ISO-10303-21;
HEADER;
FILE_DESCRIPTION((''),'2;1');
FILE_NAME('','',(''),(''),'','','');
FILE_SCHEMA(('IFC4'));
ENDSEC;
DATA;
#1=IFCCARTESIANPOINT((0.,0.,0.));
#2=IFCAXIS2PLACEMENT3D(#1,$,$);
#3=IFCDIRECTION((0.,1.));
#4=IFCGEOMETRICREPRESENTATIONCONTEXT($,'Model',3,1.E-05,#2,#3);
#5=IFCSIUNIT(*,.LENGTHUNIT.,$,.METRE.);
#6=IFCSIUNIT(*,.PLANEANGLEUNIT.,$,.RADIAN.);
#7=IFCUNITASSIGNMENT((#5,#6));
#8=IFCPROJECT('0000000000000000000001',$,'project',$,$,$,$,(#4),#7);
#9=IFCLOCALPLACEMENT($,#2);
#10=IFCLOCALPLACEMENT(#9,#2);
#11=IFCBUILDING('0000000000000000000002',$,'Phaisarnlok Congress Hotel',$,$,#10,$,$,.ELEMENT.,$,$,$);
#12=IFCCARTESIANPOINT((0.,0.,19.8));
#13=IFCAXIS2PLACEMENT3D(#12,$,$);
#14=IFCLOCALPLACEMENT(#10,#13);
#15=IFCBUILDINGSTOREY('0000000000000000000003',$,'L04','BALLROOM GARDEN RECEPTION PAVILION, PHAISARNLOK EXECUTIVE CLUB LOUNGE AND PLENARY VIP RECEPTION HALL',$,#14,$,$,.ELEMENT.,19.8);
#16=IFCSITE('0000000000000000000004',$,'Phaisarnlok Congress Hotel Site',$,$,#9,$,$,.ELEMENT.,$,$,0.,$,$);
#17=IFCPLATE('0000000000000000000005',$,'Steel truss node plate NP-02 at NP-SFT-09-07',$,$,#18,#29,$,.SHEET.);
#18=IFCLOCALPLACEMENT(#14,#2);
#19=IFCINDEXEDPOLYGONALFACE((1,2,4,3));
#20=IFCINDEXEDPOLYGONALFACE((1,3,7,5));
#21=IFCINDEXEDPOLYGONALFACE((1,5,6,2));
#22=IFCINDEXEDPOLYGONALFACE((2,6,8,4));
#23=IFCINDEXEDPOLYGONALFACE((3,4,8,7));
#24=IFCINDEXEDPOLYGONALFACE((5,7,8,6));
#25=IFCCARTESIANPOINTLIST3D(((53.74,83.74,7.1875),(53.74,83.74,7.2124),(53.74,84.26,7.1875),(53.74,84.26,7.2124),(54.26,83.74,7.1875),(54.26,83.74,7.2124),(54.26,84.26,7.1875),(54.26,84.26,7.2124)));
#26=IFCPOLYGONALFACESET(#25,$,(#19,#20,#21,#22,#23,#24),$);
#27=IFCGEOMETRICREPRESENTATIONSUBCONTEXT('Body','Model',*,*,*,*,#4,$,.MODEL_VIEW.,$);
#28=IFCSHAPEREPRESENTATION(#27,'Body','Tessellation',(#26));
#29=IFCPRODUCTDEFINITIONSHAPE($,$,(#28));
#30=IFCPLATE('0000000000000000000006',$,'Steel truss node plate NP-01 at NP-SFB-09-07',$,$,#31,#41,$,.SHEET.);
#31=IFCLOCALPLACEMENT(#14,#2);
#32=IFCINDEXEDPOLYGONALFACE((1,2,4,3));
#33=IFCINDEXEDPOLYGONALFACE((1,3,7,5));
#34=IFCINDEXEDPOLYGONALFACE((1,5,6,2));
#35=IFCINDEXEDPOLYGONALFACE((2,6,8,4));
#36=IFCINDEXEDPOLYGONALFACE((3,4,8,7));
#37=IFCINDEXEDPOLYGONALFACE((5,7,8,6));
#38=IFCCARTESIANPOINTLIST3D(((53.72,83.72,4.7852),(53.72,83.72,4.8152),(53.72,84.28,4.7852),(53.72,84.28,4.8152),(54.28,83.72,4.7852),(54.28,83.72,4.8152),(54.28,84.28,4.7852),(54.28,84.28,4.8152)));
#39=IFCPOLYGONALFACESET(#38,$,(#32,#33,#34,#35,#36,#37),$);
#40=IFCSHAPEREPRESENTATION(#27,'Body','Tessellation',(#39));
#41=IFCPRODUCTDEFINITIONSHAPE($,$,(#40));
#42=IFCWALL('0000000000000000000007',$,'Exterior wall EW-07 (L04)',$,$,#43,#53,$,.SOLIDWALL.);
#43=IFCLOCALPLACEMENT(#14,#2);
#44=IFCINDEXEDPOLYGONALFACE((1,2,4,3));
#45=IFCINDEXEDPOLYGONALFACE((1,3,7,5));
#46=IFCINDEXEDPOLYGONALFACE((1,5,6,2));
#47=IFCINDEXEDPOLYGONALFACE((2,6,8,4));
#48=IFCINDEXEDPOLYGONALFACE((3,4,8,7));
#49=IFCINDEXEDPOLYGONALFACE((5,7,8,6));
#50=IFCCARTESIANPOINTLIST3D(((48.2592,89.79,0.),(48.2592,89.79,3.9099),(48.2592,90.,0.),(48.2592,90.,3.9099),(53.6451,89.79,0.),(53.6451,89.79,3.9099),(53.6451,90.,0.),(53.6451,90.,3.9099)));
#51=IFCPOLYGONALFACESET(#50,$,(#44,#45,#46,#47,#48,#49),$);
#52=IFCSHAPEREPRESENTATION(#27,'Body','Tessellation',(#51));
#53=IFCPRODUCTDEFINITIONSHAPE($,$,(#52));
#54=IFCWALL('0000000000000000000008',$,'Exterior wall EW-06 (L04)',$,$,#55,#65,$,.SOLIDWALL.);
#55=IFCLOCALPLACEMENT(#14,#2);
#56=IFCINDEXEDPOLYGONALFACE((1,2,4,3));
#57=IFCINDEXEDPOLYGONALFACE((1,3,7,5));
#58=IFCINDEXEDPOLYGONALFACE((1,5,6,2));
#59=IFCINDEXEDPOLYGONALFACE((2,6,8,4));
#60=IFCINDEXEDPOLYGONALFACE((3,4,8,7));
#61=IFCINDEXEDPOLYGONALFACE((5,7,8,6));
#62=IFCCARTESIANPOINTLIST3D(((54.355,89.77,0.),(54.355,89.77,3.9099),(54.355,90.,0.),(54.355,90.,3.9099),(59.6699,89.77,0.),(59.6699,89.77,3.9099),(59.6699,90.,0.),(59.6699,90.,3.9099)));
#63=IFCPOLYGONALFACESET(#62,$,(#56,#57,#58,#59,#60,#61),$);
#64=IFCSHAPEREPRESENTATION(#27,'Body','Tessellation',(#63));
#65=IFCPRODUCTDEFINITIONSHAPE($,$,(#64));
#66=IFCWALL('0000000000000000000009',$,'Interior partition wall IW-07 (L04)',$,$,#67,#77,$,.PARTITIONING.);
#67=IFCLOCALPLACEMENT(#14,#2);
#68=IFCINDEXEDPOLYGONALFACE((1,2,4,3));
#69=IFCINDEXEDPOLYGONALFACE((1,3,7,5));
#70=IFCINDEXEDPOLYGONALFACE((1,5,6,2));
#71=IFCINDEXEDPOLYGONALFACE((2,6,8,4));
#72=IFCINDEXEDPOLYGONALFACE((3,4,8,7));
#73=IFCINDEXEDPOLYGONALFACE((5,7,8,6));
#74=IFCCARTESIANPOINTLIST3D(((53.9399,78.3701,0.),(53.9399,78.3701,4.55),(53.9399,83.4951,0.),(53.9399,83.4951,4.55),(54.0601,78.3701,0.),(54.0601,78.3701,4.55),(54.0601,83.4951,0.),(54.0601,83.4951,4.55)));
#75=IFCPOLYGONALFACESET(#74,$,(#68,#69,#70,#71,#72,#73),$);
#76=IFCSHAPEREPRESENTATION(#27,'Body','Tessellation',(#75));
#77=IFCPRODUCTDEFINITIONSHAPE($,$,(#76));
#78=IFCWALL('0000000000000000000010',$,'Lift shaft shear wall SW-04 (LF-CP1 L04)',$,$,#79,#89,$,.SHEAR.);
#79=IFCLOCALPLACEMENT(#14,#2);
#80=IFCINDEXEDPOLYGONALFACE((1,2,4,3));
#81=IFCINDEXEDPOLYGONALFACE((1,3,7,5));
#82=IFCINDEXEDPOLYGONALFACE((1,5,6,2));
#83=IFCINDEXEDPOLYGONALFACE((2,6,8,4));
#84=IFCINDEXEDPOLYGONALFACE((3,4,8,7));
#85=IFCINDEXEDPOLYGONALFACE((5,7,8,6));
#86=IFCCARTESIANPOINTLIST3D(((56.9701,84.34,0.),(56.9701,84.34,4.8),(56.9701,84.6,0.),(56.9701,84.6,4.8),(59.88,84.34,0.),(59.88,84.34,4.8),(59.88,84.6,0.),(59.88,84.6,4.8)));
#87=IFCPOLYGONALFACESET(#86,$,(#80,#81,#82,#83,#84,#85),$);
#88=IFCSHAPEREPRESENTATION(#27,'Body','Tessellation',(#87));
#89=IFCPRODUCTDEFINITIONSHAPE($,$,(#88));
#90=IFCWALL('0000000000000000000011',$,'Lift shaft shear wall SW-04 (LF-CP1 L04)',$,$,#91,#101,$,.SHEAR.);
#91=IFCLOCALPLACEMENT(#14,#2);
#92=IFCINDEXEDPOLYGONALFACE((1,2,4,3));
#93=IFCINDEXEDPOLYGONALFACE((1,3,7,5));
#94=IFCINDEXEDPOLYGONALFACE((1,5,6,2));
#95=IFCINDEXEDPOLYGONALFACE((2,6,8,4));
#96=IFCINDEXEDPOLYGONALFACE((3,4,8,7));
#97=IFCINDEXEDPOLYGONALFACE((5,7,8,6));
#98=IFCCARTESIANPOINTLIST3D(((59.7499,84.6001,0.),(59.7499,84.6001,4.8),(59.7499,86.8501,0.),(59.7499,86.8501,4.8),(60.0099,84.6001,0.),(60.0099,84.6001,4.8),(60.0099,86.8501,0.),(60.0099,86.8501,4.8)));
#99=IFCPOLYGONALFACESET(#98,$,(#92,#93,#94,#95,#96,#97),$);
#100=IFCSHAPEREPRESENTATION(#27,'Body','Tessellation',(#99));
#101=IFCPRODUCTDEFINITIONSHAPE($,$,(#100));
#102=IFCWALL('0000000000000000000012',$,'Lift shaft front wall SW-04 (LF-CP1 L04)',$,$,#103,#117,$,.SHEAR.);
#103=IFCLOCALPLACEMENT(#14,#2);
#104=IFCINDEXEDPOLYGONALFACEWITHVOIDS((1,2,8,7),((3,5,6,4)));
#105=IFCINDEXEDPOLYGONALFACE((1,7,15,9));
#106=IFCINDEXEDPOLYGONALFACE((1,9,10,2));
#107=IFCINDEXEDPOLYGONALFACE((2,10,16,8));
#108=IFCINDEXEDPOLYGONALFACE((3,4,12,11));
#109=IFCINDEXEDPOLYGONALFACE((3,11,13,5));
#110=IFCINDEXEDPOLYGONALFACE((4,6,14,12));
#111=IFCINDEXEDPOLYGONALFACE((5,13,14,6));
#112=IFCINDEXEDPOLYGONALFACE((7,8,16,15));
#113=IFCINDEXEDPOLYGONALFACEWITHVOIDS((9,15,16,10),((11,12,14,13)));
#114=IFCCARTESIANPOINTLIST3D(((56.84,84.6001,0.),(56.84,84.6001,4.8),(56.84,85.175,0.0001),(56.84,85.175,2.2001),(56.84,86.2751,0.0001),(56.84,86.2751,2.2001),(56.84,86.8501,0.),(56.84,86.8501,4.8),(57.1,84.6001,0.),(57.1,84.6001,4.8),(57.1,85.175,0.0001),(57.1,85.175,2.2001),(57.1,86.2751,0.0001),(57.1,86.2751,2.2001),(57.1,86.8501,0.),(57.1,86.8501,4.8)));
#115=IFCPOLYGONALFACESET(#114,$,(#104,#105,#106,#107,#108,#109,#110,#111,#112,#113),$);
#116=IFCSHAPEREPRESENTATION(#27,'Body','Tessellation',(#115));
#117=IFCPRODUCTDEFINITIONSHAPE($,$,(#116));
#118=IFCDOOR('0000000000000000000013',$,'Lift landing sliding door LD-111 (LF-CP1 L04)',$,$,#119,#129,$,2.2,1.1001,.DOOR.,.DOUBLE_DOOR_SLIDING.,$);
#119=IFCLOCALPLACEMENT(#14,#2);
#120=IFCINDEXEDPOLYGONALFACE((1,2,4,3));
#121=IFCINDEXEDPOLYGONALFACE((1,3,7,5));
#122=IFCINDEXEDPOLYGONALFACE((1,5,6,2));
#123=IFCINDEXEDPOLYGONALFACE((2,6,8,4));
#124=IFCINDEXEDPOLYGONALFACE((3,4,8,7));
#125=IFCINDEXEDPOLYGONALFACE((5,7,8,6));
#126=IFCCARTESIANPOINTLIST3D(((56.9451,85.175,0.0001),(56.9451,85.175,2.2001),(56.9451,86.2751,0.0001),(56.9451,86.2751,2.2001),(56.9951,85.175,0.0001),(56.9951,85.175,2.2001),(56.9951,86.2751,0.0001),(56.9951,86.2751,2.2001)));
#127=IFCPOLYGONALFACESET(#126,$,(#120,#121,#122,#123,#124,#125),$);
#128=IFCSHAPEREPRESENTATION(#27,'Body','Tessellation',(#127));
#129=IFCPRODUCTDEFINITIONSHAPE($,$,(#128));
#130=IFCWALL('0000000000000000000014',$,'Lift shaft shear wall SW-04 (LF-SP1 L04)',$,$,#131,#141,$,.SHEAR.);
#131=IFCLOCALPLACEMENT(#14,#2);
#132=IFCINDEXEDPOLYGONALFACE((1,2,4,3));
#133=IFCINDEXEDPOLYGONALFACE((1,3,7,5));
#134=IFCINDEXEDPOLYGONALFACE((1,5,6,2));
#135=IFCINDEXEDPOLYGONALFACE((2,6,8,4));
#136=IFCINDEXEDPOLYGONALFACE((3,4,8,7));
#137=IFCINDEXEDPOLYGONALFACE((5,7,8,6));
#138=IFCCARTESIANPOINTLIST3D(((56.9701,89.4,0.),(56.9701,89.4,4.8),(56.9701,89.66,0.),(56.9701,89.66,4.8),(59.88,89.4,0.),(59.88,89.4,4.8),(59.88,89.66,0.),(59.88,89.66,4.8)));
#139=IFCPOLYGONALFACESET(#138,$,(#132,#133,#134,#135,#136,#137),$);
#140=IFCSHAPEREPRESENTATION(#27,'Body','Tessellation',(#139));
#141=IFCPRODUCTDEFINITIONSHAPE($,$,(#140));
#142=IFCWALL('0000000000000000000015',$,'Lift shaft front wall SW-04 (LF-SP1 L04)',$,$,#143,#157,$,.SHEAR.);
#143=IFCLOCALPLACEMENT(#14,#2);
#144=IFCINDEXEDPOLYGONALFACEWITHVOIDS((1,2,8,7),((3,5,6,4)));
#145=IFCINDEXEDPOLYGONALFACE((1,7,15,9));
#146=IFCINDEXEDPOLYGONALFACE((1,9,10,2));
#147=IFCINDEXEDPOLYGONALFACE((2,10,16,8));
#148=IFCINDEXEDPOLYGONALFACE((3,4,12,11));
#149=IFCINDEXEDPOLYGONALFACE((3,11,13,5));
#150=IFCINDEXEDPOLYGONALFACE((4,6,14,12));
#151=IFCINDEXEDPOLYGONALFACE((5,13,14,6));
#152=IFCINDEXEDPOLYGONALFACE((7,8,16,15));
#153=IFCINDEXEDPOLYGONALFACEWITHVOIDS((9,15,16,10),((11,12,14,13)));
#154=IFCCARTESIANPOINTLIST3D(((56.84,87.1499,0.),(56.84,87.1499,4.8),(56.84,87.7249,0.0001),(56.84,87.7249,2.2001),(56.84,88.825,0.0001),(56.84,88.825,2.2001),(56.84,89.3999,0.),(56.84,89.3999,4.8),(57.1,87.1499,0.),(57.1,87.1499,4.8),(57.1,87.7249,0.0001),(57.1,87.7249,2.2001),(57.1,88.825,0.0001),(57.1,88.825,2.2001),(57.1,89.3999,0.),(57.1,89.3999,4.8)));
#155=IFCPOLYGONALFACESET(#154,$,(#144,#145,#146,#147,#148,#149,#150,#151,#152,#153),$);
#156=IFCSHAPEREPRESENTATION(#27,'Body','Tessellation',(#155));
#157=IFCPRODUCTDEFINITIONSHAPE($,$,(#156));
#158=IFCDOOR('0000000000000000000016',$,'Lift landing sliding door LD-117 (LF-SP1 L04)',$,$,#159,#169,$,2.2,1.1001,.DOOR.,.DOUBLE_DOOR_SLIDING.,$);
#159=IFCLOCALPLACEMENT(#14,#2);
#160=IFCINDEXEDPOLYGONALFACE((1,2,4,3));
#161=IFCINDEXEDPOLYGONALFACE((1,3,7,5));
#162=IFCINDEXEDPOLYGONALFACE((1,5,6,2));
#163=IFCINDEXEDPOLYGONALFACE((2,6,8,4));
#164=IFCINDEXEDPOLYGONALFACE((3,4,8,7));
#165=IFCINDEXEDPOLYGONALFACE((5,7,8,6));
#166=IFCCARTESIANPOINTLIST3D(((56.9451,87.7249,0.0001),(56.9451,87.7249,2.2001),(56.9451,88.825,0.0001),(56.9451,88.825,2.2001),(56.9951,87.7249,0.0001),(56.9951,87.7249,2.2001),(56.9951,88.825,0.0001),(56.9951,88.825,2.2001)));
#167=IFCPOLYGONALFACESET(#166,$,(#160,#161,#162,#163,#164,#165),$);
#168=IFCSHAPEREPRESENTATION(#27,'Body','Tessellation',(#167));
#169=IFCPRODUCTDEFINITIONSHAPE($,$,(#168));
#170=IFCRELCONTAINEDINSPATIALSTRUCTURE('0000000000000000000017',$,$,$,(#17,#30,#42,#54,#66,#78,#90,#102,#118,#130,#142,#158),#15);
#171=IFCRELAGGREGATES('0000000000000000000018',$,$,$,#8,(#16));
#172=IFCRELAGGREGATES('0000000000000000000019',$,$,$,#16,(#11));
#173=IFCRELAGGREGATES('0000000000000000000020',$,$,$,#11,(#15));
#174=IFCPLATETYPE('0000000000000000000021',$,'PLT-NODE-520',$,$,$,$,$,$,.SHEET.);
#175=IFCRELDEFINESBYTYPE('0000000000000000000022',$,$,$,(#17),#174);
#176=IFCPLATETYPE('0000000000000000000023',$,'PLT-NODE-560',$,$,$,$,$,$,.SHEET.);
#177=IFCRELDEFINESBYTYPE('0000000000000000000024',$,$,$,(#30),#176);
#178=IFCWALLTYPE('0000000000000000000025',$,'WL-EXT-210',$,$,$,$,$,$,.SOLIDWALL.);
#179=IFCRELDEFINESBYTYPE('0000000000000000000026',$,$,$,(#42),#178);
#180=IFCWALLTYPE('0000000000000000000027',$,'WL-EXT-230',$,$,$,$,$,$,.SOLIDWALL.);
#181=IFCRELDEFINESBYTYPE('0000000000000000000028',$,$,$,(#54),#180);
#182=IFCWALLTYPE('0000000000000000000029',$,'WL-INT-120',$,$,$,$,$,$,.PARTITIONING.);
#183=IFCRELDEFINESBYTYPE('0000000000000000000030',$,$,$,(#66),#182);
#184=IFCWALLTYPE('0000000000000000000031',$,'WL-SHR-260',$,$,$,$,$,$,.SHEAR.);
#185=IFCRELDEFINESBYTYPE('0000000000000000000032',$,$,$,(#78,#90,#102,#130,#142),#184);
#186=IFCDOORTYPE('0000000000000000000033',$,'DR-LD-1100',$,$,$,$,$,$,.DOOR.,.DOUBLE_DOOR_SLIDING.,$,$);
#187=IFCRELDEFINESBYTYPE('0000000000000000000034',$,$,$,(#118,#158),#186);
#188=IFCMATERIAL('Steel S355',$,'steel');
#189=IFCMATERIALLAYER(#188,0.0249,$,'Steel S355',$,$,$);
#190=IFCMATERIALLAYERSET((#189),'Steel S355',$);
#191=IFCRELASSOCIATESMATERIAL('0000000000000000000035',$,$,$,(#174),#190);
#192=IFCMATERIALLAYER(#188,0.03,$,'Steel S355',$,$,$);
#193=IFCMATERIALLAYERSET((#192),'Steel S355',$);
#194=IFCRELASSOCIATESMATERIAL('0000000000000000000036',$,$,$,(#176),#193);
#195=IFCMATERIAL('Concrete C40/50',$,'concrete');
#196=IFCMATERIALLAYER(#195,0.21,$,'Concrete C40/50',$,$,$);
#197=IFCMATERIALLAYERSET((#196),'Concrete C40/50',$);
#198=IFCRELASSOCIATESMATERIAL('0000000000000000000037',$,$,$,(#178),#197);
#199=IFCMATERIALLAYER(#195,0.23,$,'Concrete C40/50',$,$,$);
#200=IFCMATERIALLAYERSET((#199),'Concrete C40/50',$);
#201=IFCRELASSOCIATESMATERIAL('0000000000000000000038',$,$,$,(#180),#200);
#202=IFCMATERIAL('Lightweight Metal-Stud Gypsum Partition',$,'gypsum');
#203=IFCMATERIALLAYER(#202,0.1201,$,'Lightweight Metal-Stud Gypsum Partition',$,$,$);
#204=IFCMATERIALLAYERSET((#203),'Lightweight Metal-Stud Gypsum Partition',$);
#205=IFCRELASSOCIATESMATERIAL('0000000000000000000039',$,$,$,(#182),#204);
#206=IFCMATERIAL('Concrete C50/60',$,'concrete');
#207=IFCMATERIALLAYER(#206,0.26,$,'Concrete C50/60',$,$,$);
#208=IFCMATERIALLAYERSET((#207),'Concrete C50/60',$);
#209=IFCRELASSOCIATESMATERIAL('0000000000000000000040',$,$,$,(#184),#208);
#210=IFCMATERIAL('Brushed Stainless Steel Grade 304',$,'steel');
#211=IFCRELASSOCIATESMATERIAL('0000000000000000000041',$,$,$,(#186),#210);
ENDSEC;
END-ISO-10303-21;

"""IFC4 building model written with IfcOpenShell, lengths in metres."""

from ifc_helpers import new_model, si_unit, direction, frame, frame_2d, origin, origin_2d, place, context, subcontext, project, spatial, rectangle, extrude, material, layer, layer_set, type_object, element, fill, save


model = new_model("IFC4")

# Units and contexts
model_context = context("Model", 3, precision=1e-05, world=origin(), true_north=direction((0.0, 1.0)))
body_context = subcontext(model_context, "Body", "Model", "MODEL_VIEW")
ifc_project = project(units=[si_unit("LENGTHUNIT", "METRE"), si_unit("PLANEANGLEUNIT", "RADIAN")], contexts=[model_context])

# Site, building, storey
site_placement = place(None, origin())
site = spatial("IfcSite", under=ifc_project, at=site_placement, Name="Phaisarnlok Congress Hotel Site", CompositionType="ELEMENT", RefElevation=0.0)
building_placement = place(site_placement, origin())
building = spatial("IfcBuilding", under=site, at=building_placement, Name="Phaisarnlok Congress Hotel", CompositionType="ELEMENT")
storey_placement = place(building_placement, frame((0.0, 0.0, 19.8)))
storey = spatial("IfcBuildingStorey", under=building, at=storey_placement, Name="L04", Description="BALLROOM GARDEN RECEPTION PAVILION, PHAISARNLOK EXECUTIVE CLUB LOUNGE AND PLENARY VIP RECEPTION HALL", CompositionType="ELEMENT", Elevation=19.8)

# Shared definitions
ifc_material_1 = material(Name="Concrete C50/60", Category="concrete")

# Shared definitions
ifc_material_2 = material(Name="Steel S355", Category="steel")

# Shared definitions
ifc_material_3 = material(Name="Concrete C40/50", Category="concrete")

# Plates
ifc_layer_1 = layer(ifc_material_2, 0.0249, Name="Steel S355")
ifc_layer_set_1 = layer_set([ifc_layer_1], Name="Steel S355")
plate_type_1 = type_object("IfcPlateType", Name="PLT-NODE-520", PredefinedType="SHEET", material=ifc_layer_set_1)
plate_1_placement = place(storey_placement, frame((54.0, 84.0, 7.1875), z_axis=(0.0, 0.0, 1.0), x_axis=(1.0, 0.0, 0.0)))
element("IfcPlate", 1, at=plate_1_placement, inside=storey, type_object=plate_type_1, Name="Steel truss node plate NP-02 at NP-SFT-09-07", PredefinedType="SHEET", context=body_context, shape_type="SweptSolid", body=[
    extrude(rectangle(XDim=0.52, YDim=0.52, at=origin_2d()), origin(), (0.0, 0.0, 1.0), 0.0249),
])
ifc_layer_2 = layer(ifc_material_2, 0.03, Name="Steel S355")
ifc_layer_set_2 = layer_set([ifc_layer_2], Name="Steel S355")
plate_type_2 = type_object("IfcPlateType", Name="PLT-NODE-560", PredefinedType="SHEET", material=ifc_layer_set_2)
plate_2_placement = place(storey_placement, frame((54.0, 84.0, 4.7852), z_axis=(0.0, 0.0, 1.0), x_axis=(1.0, 0.0, 0.0)))
element("IfcPlate", 2, at=plate_2_placement, inside=storey, type_object=plate_type_2, Name="Steel truss node plate NP-01 at NP-SFB-09-07", PredefinedType="SHEET", context=body_context, shape_type="SweptSolid", body=[
    extrude(rectangle(XDim=0.5601, YDim=0.5601, at=origin_2d()), origin(), (0.0, 0.0, 1.0), 0.03),
])

# Walls
ifc_layer_3 = layer(ifc_material_3, 0.21, Name="Concrete C40/50")
ifc_layer_set_3 = layer_set([ifc_layer_3], Name="Concrete C40/50")
wall_type_1 = type_object("IfcWallType", Name="WL-EXT-210", PredefinedType="SOLIDWALL", material=ifc_layer_set_3)
wall_1_placement = place(storey_placement, frame((53.645, 89.895, 0.0), z_axis=(0.0, 0.0, 1.0), x_axis=(-1.0, 0.0, 0.0)))
element("IfcWall", 3, at=wall_1_placement, inside=storey, type_object=wall_type_1, Name="Exterior wall EW-07 (L04)", PredefinedType="SOLIDWALL", context=body_context, shape_type="SweptSolid", body=[
    extrude(rectangle(XDim=5.386, YDim=0.21, at=frame_2d((2.6929, 0.0))), origin(), (0.0, 0.0, 1.0), 3.9099),
])
ifc_layer_4 = layer(ifc_material_3, 0.23, Name="Concrete C40/50")
ifc_layer_set_4 = layer_set([ifc_layer_4], Name="Concrete C40/50")
wall_type_2 = type_object("IfcWallType", Name="WL-EXT-230", PredefinedType="SOLIDWALL", material=ifc_layer_set_4)
wall_2_placement = place(storey_placement, frame((59.6699, 89.885, 0.0), z_axis=(0.0, 0.0, 1.0), x_axis=(-1.0, 0.0, 0.0)))
element("IfcWall", 4, at=wall_2_placement, inside=storey, type_object=wall_type_2, Name="Exterior wall EW-06 (L04)", PredefinedType="SOLIDWALL", context=body_context, shape_type="SweptSolid", body=[
    extrude(rectangle(XDim=5.3149, YDim=0.23, at=frame_2d((2.6575, 0.0))), origin(), (0.0, 0.0, 1.0), 3.9099),
])
ifc_material_4 = material(Name="Lightweight Metal-Stud Gypsum Partition", Category="gypsum")
ifc_layer_5 = layer(ifc_material_4, 0.1201, Name="Lightweight Metal-Stud Gypsum Partition")
ifc_layer_set_5 = layer_set([ifc_layer_5], Name="Lightweight Metal-Stud Gypsum Partition")
wall_type_3 = type_object("IfcWallType", Name="WL-INT-120", PredefinedType="PARTITIONING", material=ifc_layer_set_5)
wall_3_placement = place(storey_placement, frame((54.0, 78.3701, 0.0), z_axis=(0.0, 0.0, 1.0), x_axis=(0.0, 1.0, 0.0)))
element("IfcWall", 5, at=wall_3_placement, inside=storey, type_object=wall_type_3, Name="Interior partition wall IW-07 (L04)", PredefinedType="PARTITIONING", context=body_context, shape_type="SweptSolid", body=[
    extrude(rectangle(XDim=5.125, YDim=0.1201, at=frame_2d((2.5625, 0.0))), origin(), (0.0, 0.0, 1.0), 4.55),
])

# Shared definitions
ifc_layer_6 = layer(ifc_material_1, 0.26, Name="Concrete C50/60")
ifc_layer_set_6 = layer_set([ifc_layer_6], Name="Concrete C50/60")
wall_type_4 = type_object("IfcWallType", Name="WL-SHR-260", PredefinedType="SHEAR", material=ifc_layer_set_6)

# Walls
wall_4_placement = place(storey_placement, frame((56.97, 84.47, 0.0), z_axis=(0.0, 0.0, 1.0), x_axis=(1.0, 0.0, 0.0)))
element("IfcWall", 6, at=wall_4_placement, inside=storey, type_object=wall_type_4, Name="Lift shaft shear wall SW-04 (LF-CP1 L04)", PredefinedType="SHEAR", context=body_context, shape_type="SweptSolid", body=[
    extrude(rectangle(XDim=2.9099, YDim=0.26, at=frame_2d((1.4551, 0.0))), origin(), (0.0, 0.0, 1.0), 4.8),
])
wall_5_placement = place(storey_placement, frame((59.8799, 84.6001, 0.0), z_axis=(0.0, 0.0, 1.0), x_axis=(0.0, 1.0, 0.0)))
element("IfcWall", 7, at=wall_5_placement, inside=storey, type_object=wall_type_4, Name="Lift shaft shear wall SW-04 (LF-CP1 L04)", PredefinedType="SHEAR", context=body_context, shape_type="SweptSolid", body=[
    extrude(rectangle(XDim=2.25, YDim=0.26, at=frame_2d((1.125, 0.0))), origin(), (0.0, 0.0, 1.0), 4.8),
])

# Wall, opening, door
wall_6_placement = place(storey_placement, frame((56.97, 84.6001, 0.0), z_axis=(0.0, 0.0, 1.0), x_axis=(0.0, 1.0, 0.0)))
wall_6 = element("IfcWall", 8, at=wall_6_placement, inside=storey, type_object=wall_type_4, Name="Lift shaft front wall SW-04 (LF-CP1 L04)", PredefinedType="SHEAR", context=body_context, shape_type="SweptSolid", body=[
    extrude(rectangle(XDim=2.25, YDim=0.26, at=frame_2d((1.125, 0.0))), origin(), (0.0, 0.0, 1.0), 4.8),
])
opening_1_placement = place(wall_6_placement, frame((0.575, 0.0, 0.0)))
opening_1 = element("IfcOpeningElement", 9, at=opening_1_placement, cuts=wall_6, PredefinedType="OPENING", context=body_context, shape_type="SweptSolid", body=[
    extrude(rectangle(XDim=1.1001, YDim=2.2, at=frame_2d((0.55, 1.1001))), frame((0.0, 0.1401, 0.0), z_axis=(0.0, -1.0, 0.0), x_axis=(1.0, 0.0, 0.0)), (0.0, 0.0, 1.0), 0.28),
])
ifc_material_5 = material(Name="Brushed Stainless Steel Grade 304", Category="steel")
door_type_1 = type_object("IfcDoorType", Name="DR-LD-1100", OperationType="DOUBLE_DOOR_SLIDING", PredefinedType="DOOR", material=ifc_material_5)
door_1_placement = place(opening_1_placement, origin())
door_1 = element("IfcDoor", 10, at=door_1_placement, inside=storey, type_object=door_type_1, Name="Lift landing sliding door LD-111 (LF-CP1 L04)", OperationType="DOUBLE_DOOR_SLIDING", OverallHeight=2.2, OverallWidth=1.1001, PredefinedType="DOOR", context=body_context, shape_type="SweptSolid", body=[
    extrude(rectangle(XDim=1.1001, YDim=2.2, at=frame_2d((0.55, 1.1001))), frame((0.0, 0.0249, 0.0), z_axis=(0.0, -1.0, 0.0), x_axis=(1.0, 0.0, 0.0)), (0.0, 0.0, 1.0), 0.05),
])
fill(opening_1, door_1)

# Wall
wall_7_placement = place(storey_placement, frame((56.97, 89.53, 0.0), z_axis=(0.0, 0.0, 1.0), x_axis=(1.0, 0.0, 0.0)))
element("IfcWall", 11, at=wall_7_placement, inside=storey, type_object=wall_type_4, Name="Lift shaft shear wall SW-04 (LF-SP1 L04)", PredefinedType="SHEAR", context=body_context, shape_type="SweptSolid", body=[
    extrude(rectangle(XDim=2.9099, YDim=0.26, at=frame_2d((1.4551, 0.0))), origin(), (0.0, 0.0, 1.0), 4.8),
])

# Wall, opening, door
wall_8_placement = place(storey_placement, frame((56.97, 87.1499, 0.0), z_axis=(0.0, 0.0, 1.0), x_axis=(0.0, 1.0, 0.0)))
wall_8 = element("IfcWall", 12, at=wall_8_placement, inside=storey, type_object=wall_type_4, Name="Lift shaft front wall SW-04 (LF-SP1 L04)", PredefinedType="SHEAR", context=body_context, shape_type="SweptSolid", body=[
    extrude(rectangle(XDim=2.25, YDim=0.26, at=frame_2d((1.125, 0.0))), origin(), (0.0, 0.0, 1.0), 4.8),
])
opening_2_placement = place(wall_8_placement, frame((0.575, 0.0, 0.0)))
opening_2 = element("IfcOpeningElement", 13, at=opening_2_placement, cuts=wall_8, PredefinedType="OPENING", context=body_context, shape_type="SweptSolid", body=[
    extrude(rectangle(XDim=1.1001, YDim=2.2, at=frame_2d((0.55, 1.1001))), frame((0.0, 0.1401, 0.0), z_axis=(0.0, -1.0, 0.0), x_axis=(1.0, 0.0, 0.0)), (0.0, 0.0, 1.0), 0.28),
])
door_2_placement = place(opening_2_placement, origin())
door_2 = element("IfcDoor", 14, at=door_2_placement, inside=storey, type_object=door_type_1, Name="Lift landing sliding door LD-117 (LF-SP1 L04)", OperationType="DOUBLE_DOOR_SLIDING", OverallHeight=2.2, OverallWidth=1.1001, PredefinedType="DOOR", context=body_context, shape_type="SweptSolid", body=[
    extrude(rectangle(XDim=1.1001, YDim=2.2, at=frame_2d((0.55, 1.1001))), frame((0.0, 0.0249, 0.0), z_axis=(0.0, -1.0, 0.0), x_axis=(1.0, 0.0, 0.0)), (0.0, 0.0, 1.0), 0.05),
])
fill(opening_2, door_2)

save(model, "model.ifc")
